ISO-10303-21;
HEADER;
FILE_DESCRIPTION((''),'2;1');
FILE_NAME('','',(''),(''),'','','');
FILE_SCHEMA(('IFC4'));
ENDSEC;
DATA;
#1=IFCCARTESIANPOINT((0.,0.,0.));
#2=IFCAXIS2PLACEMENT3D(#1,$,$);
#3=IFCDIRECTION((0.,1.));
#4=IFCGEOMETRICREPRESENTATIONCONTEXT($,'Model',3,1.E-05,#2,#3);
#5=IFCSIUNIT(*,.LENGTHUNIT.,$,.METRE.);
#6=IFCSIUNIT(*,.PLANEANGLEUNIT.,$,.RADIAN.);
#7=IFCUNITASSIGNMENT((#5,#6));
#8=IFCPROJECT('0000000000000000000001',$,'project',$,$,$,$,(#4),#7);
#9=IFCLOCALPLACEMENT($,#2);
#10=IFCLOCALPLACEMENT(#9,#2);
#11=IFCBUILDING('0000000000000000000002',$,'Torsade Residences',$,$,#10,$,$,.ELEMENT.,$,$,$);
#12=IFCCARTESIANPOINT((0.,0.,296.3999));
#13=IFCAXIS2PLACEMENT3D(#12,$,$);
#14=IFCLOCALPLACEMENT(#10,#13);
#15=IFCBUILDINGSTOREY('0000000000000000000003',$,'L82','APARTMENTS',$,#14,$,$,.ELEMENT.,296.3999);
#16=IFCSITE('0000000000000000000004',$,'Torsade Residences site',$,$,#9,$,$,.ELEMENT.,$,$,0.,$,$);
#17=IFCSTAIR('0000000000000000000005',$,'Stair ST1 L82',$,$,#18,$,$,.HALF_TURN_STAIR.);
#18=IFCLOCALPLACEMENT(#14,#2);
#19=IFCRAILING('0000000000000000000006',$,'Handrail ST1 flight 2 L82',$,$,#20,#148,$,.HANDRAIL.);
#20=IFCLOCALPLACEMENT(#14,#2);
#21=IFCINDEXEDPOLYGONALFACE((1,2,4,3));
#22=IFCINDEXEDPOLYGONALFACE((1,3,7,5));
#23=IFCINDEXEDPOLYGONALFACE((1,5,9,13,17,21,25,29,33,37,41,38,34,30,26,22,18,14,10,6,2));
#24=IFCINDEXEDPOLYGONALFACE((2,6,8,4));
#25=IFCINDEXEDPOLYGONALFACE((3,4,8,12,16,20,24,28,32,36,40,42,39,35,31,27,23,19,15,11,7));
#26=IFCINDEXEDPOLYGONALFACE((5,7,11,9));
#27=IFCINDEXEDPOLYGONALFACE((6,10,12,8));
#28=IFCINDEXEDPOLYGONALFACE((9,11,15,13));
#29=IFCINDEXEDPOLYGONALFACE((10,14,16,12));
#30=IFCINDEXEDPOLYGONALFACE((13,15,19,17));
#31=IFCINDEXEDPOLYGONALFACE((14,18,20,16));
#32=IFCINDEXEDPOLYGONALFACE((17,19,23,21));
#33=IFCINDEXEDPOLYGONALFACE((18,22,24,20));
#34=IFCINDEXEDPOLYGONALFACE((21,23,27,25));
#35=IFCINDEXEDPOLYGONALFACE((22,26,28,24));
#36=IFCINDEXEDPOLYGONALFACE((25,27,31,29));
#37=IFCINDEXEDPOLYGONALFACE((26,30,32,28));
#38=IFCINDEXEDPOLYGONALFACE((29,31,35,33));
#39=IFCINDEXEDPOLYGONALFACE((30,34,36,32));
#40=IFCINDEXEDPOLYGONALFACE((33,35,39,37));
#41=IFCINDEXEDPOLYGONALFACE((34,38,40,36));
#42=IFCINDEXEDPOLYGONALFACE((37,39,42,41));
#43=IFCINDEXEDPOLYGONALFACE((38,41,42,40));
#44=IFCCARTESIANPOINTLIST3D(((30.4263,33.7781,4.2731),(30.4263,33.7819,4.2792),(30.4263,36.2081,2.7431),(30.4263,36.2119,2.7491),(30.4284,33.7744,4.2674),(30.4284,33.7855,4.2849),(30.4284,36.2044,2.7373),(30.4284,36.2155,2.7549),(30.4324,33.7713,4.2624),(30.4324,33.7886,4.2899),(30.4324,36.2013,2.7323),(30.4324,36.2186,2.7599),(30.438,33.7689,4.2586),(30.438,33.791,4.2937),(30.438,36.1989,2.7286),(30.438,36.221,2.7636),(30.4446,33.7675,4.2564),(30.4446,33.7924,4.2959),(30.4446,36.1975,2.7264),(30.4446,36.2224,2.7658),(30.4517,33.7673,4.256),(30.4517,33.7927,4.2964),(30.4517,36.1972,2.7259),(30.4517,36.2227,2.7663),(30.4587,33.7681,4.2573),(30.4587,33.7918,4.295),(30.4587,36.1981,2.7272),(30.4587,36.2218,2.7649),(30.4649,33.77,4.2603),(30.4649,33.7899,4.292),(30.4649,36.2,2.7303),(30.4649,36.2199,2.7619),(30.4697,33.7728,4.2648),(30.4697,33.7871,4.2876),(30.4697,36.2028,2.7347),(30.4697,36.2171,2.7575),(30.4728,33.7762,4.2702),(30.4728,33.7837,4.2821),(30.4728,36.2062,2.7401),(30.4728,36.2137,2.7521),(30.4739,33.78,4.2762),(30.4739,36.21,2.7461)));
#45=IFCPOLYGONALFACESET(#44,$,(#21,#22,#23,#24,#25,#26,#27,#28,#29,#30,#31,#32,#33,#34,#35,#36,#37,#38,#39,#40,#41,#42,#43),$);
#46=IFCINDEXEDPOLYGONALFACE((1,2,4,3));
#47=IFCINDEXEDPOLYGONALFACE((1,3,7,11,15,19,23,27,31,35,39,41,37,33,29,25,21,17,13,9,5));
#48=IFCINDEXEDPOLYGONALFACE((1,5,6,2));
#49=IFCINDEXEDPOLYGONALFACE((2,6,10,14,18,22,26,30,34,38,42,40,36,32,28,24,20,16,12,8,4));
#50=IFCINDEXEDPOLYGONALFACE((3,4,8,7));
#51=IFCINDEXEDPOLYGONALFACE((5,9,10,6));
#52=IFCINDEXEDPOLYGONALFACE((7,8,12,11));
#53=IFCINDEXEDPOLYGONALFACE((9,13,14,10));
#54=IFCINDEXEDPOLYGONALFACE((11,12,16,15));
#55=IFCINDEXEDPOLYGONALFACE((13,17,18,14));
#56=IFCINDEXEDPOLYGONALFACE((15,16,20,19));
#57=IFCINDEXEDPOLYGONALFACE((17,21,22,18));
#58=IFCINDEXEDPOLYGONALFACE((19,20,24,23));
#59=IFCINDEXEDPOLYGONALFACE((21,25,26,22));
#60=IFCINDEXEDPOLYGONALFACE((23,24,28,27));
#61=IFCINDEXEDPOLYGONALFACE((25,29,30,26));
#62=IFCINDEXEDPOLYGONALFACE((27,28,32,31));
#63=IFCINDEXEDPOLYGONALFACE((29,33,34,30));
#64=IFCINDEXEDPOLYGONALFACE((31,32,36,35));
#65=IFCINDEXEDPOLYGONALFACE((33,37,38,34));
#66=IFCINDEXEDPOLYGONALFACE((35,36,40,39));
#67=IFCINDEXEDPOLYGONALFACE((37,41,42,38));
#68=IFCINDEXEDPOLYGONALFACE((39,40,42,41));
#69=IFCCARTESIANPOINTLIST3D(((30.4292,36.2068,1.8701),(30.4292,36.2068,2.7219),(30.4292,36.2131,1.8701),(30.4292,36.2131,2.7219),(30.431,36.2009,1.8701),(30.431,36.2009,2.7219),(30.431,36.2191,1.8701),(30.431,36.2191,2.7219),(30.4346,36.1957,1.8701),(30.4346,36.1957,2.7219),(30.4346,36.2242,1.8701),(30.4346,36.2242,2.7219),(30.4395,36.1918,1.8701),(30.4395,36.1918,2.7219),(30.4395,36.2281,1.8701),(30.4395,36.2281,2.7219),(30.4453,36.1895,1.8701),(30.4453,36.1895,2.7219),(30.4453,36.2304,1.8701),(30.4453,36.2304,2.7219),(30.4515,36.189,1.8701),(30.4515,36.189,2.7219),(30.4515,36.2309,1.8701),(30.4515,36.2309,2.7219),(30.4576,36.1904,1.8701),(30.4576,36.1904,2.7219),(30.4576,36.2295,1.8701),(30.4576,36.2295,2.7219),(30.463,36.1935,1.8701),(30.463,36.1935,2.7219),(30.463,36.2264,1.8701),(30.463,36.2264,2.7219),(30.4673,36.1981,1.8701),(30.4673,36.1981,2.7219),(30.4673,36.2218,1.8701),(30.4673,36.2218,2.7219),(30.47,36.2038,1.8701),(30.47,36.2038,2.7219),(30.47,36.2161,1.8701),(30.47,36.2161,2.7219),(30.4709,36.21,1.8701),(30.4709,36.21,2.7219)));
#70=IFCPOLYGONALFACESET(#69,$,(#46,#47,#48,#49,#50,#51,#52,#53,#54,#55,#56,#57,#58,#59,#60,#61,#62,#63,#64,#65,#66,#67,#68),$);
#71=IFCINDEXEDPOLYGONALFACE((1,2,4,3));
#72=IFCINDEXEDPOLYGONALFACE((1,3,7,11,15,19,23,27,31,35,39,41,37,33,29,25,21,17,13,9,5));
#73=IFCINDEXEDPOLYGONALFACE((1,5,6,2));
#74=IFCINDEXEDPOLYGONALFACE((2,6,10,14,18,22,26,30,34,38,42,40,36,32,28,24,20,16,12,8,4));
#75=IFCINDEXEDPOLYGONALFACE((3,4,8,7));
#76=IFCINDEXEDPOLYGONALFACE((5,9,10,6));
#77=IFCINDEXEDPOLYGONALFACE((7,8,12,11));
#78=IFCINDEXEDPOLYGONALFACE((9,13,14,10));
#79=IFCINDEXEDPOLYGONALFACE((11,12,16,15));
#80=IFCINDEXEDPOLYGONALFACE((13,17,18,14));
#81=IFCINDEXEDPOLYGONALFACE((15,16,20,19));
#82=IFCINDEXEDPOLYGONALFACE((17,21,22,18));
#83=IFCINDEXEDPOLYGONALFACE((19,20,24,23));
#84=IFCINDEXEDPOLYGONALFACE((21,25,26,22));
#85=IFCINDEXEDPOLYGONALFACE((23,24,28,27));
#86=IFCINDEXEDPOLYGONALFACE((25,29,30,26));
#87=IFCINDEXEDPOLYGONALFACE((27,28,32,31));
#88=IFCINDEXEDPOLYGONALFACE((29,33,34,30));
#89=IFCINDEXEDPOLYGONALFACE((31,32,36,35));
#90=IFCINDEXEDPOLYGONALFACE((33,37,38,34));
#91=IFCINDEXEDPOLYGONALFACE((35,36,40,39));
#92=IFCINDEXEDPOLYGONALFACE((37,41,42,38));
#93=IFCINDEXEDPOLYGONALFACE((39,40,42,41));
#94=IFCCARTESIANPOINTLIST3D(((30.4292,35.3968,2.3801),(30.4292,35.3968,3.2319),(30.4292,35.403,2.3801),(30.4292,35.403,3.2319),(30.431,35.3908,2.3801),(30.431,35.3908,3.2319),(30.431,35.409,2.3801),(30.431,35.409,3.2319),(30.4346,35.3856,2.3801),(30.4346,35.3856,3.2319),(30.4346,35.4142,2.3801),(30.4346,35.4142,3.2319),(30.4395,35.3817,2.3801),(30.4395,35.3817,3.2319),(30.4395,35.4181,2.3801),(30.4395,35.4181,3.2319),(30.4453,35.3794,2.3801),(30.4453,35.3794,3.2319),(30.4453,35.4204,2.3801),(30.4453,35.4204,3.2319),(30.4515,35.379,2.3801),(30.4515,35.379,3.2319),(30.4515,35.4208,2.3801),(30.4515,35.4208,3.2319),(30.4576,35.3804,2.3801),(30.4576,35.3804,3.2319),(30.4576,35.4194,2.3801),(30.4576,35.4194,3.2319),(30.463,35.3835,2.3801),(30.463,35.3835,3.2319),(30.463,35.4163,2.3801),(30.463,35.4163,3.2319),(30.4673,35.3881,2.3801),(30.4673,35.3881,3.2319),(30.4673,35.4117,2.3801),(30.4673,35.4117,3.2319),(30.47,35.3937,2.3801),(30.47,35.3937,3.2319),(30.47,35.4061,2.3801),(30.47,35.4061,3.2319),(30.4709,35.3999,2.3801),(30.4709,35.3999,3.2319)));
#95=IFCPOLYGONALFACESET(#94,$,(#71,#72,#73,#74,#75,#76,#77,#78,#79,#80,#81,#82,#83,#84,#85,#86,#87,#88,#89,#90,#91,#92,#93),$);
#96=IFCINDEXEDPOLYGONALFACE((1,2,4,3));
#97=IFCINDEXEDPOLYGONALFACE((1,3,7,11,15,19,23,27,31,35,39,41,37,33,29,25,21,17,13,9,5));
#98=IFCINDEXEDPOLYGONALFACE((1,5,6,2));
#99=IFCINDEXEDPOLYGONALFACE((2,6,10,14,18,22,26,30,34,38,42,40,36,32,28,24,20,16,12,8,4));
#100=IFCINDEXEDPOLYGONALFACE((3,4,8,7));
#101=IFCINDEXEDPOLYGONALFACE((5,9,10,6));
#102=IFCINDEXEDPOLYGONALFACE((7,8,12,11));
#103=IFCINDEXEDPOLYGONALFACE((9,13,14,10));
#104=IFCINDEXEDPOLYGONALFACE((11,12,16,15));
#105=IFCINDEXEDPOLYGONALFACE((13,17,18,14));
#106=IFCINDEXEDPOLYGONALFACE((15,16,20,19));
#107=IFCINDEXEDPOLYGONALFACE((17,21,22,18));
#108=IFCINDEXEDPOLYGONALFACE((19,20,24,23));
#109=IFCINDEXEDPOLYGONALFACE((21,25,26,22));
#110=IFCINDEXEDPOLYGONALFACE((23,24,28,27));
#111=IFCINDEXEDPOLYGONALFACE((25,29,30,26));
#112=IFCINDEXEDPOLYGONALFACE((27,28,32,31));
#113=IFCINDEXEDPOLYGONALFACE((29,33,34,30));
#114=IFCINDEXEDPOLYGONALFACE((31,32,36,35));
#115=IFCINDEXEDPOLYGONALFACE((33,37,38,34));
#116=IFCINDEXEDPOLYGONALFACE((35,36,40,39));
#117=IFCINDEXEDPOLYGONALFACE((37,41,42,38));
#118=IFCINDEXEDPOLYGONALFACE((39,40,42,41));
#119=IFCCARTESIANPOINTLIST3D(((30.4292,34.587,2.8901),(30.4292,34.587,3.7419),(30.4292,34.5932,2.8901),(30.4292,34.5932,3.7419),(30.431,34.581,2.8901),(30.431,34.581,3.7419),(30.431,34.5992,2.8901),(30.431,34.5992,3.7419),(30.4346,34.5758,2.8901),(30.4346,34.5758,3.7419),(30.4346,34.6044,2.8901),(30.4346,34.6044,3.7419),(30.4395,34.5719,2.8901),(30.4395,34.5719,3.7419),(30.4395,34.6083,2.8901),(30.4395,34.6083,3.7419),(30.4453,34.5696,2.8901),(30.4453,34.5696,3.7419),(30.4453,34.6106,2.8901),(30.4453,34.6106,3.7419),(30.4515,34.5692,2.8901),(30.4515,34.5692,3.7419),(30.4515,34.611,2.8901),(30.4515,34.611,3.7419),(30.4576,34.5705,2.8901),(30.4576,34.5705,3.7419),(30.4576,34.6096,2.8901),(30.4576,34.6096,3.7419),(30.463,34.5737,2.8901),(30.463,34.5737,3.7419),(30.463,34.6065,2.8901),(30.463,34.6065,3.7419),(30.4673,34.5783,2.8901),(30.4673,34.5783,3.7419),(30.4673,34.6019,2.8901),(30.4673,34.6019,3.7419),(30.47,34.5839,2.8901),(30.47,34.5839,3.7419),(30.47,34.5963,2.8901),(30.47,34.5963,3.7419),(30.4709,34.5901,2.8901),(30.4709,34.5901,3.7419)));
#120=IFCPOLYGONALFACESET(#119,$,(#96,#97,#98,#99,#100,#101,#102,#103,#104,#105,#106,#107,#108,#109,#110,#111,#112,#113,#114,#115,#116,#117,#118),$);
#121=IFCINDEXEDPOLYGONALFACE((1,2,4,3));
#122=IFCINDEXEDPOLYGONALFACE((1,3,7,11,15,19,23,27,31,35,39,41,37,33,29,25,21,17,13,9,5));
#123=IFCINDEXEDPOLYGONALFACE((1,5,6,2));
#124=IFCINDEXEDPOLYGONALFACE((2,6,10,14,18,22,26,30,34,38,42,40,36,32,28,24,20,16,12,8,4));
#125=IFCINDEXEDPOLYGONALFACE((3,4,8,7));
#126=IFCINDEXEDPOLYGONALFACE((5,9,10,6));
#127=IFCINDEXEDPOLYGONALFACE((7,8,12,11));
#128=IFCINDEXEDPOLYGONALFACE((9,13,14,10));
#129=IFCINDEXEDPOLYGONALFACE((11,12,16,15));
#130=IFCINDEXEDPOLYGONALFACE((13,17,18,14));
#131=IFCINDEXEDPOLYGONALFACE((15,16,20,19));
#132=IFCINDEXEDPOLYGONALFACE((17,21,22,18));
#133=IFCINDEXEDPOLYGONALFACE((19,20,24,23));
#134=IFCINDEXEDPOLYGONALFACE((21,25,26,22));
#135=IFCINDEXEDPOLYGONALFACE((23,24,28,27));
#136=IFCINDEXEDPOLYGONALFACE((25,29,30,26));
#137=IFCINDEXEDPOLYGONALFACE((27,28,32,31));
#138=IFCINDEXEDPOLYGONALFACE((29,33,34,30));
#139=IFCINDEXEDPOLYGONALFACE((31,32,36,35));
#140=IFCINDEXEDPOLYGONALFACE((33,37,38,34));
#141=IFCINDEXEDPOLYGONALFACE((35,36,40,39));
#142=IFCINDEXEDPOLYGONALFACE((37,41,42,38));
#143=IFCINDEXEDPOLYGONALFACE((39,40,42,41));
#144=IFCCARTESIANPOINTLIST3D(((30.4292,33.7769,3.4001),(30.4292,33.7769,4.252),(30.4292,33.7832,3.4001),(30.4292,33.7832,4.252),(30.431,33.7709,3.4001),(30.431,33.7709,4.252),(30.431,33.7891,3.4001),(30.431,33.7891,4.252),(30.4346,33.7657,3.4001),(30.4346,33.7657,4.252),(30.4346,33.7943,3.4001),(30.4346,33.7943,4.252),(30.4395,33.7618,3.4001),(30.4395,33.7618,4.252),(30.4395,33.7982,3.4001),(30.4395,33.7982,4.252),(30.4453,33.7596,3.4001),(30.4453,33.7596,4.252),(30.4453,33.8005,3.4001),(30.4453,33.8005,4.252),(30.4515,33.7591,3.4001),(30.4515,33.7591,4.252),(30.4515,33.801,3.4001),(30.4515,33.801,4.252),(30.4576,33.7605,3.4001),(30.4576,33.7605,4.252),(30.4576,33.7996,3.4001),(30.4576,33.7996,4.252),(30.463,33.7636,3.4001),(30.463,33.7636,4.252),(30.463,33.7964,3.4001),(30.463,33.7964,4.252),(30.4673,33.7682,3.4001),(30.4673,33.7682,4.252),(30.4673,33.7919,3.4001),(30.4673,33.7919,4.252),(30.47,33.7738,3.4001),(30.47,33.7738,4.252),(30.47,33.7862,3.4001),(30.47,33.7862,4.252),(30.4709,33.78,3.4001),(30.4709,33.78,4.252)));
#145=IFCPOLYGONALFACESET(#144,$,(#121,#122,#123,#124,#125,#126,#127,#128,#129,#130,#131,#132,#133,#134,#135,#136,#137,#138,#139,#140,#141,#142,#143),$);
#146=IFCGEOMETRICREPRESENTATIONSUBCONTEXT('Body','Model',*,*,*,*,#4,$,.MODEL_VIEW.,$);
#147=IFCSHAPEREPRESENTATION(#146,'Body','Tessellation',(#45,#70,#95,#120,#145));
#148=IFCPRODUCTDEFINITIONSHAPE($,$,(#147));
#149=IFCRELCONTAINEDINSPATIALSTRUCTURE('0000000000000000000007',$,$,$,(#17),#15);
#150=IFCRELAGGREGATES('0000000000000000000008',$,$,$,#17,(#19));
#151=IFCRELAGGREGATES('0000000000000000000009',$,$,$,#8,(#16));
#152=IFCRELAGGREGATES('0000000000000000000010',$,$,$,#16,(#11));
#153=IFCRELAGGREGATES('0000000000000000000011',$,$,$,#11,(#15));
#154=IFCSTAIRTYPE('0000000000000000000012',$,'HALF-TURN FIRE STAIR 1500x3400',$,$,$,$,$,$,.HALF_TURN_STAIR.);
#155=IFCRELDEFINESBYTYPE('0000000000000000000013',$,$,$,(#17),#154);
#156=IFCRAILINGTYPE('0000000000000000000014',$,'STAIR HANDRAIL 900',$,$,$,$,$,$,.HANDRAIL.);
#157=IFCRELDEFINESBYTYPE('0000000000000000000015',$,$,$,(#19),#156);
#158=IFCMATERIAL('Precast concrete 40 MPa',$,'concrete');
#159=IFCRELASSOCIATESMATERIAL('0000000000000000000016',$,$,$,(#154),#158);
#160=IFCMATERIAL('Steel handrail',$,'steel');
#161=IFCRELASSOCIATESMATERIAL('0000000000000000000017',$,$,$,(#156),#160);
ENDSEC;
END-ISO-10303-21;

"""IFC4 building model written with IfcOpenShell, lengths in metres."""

from ifc_helpers import new_model, si_unit, direction, frame, origin, origin_2d, place, context, subcontext, project, spatial, circle, extrude, material, type_object, element, aggregate, save


model = new_model("IFC4")

# Units and contexts
model_context = context("Model", 3, precision=1e-05, world=origin(), true_north=direction((0.0, 1.0)))
body_context = subcontext(model_context, "Body", "Model", "MODEL_VIEW")
ifc_project = project(units=[si_unit("LENGTHUNIT", "METRE"), si_unit("PLANEANGLEUNIT", "RADIAN")], contexts=[model_context])

# Site, building, storey
site_placement = place(None, origin())
site = spatial("IfcSite", under=ifc_project, at=site_placement, Name="Torsade Residences site", CompositionType="ELEMENT", RefElevation=0.0)
building_placement = place(site_placement, origin())
building = spatial("IfcBuilding", under=site, at=building_placement, Name="Torsade Residences", CompositionType="ELEMENT")
storey_placement = place(building_placement, frame((0.0, 0.0, 296.3999)))
storey = spatial("IfcBuildingStorey", under=building, at=storey_placement, Name="L82", Description="APARTMENTS", CompositionType="ELEMENT", Elevation=296.3999)

# Stair, railing
ifc_material_1 = material(Name="Precast concrete 40 MPa", Category="concrete")
stair_type = type_object("IfcStairType", Name="HALF-TURN FIRE STAIR 1500x3400", PredefinedType="HALF_TURN_STAIR", material=ifc_material_1)
stair_placement = place(storey_placement, origin())
stair = element("IfcStair", 1, at=stair_placement, inside=storey, type_object=stair_type, Name="Stair ST1 L82", PredefinedType="HALF_TURN_STAIR")
ifc_material_2 = material(Name="Steel handrail", Category="steel")
railing_type = type_object("IfcRailingType", Name="STAIR HANDRAIL 900", PredefinedType="HANDRAIL", material=ifc_material_2)
railing_1_placement = place(storey_placement, frame((30.45, 36.21, 1.8701)))
railing_1 = element("IfcRailing", 2, at=railing_1_placement, type_object=railing_type, Name="Handrail ST1 flight 2 L82", PredefinedType="HANDRAIL", context=body_context, shape_type="SweptSolid", body=[
    extrude(circle(Radius=0.0239, at=origin_2d()), frame((0.0, 0.0, 0.876), z_axis=(0.0, -0.846221, 0.532831), x_axis=(1.0, 0.0, 0.0)), (0.0, 0.0, 1.0), 2.8716),
    extrude(circle(Radius=0.021, at=origin_2d()), origin(), (0.0, 0.0, 1.0), 0.8518),
    extrude(circle(Radius=0.021, at=origin_2d()), frame((0.0, -0.8101, 0.51)), (0.0, 0.0, 1.0), 0.8518),
    extrude(circle(Radius=0.021, at=origin_2d()), frame((0.0, -1.6199, 1.02)), (0.0, 0.0, 1.0), 0.8518),
    extrude(circle(Radius=0.021, at=origin_2d()), frame((0.0, -2.4299, 1.53)), (0.0, 0.0, 1.0), 0.8518),
])
aggregate(stair, [railing_1])

save(model, "model.ifc")
